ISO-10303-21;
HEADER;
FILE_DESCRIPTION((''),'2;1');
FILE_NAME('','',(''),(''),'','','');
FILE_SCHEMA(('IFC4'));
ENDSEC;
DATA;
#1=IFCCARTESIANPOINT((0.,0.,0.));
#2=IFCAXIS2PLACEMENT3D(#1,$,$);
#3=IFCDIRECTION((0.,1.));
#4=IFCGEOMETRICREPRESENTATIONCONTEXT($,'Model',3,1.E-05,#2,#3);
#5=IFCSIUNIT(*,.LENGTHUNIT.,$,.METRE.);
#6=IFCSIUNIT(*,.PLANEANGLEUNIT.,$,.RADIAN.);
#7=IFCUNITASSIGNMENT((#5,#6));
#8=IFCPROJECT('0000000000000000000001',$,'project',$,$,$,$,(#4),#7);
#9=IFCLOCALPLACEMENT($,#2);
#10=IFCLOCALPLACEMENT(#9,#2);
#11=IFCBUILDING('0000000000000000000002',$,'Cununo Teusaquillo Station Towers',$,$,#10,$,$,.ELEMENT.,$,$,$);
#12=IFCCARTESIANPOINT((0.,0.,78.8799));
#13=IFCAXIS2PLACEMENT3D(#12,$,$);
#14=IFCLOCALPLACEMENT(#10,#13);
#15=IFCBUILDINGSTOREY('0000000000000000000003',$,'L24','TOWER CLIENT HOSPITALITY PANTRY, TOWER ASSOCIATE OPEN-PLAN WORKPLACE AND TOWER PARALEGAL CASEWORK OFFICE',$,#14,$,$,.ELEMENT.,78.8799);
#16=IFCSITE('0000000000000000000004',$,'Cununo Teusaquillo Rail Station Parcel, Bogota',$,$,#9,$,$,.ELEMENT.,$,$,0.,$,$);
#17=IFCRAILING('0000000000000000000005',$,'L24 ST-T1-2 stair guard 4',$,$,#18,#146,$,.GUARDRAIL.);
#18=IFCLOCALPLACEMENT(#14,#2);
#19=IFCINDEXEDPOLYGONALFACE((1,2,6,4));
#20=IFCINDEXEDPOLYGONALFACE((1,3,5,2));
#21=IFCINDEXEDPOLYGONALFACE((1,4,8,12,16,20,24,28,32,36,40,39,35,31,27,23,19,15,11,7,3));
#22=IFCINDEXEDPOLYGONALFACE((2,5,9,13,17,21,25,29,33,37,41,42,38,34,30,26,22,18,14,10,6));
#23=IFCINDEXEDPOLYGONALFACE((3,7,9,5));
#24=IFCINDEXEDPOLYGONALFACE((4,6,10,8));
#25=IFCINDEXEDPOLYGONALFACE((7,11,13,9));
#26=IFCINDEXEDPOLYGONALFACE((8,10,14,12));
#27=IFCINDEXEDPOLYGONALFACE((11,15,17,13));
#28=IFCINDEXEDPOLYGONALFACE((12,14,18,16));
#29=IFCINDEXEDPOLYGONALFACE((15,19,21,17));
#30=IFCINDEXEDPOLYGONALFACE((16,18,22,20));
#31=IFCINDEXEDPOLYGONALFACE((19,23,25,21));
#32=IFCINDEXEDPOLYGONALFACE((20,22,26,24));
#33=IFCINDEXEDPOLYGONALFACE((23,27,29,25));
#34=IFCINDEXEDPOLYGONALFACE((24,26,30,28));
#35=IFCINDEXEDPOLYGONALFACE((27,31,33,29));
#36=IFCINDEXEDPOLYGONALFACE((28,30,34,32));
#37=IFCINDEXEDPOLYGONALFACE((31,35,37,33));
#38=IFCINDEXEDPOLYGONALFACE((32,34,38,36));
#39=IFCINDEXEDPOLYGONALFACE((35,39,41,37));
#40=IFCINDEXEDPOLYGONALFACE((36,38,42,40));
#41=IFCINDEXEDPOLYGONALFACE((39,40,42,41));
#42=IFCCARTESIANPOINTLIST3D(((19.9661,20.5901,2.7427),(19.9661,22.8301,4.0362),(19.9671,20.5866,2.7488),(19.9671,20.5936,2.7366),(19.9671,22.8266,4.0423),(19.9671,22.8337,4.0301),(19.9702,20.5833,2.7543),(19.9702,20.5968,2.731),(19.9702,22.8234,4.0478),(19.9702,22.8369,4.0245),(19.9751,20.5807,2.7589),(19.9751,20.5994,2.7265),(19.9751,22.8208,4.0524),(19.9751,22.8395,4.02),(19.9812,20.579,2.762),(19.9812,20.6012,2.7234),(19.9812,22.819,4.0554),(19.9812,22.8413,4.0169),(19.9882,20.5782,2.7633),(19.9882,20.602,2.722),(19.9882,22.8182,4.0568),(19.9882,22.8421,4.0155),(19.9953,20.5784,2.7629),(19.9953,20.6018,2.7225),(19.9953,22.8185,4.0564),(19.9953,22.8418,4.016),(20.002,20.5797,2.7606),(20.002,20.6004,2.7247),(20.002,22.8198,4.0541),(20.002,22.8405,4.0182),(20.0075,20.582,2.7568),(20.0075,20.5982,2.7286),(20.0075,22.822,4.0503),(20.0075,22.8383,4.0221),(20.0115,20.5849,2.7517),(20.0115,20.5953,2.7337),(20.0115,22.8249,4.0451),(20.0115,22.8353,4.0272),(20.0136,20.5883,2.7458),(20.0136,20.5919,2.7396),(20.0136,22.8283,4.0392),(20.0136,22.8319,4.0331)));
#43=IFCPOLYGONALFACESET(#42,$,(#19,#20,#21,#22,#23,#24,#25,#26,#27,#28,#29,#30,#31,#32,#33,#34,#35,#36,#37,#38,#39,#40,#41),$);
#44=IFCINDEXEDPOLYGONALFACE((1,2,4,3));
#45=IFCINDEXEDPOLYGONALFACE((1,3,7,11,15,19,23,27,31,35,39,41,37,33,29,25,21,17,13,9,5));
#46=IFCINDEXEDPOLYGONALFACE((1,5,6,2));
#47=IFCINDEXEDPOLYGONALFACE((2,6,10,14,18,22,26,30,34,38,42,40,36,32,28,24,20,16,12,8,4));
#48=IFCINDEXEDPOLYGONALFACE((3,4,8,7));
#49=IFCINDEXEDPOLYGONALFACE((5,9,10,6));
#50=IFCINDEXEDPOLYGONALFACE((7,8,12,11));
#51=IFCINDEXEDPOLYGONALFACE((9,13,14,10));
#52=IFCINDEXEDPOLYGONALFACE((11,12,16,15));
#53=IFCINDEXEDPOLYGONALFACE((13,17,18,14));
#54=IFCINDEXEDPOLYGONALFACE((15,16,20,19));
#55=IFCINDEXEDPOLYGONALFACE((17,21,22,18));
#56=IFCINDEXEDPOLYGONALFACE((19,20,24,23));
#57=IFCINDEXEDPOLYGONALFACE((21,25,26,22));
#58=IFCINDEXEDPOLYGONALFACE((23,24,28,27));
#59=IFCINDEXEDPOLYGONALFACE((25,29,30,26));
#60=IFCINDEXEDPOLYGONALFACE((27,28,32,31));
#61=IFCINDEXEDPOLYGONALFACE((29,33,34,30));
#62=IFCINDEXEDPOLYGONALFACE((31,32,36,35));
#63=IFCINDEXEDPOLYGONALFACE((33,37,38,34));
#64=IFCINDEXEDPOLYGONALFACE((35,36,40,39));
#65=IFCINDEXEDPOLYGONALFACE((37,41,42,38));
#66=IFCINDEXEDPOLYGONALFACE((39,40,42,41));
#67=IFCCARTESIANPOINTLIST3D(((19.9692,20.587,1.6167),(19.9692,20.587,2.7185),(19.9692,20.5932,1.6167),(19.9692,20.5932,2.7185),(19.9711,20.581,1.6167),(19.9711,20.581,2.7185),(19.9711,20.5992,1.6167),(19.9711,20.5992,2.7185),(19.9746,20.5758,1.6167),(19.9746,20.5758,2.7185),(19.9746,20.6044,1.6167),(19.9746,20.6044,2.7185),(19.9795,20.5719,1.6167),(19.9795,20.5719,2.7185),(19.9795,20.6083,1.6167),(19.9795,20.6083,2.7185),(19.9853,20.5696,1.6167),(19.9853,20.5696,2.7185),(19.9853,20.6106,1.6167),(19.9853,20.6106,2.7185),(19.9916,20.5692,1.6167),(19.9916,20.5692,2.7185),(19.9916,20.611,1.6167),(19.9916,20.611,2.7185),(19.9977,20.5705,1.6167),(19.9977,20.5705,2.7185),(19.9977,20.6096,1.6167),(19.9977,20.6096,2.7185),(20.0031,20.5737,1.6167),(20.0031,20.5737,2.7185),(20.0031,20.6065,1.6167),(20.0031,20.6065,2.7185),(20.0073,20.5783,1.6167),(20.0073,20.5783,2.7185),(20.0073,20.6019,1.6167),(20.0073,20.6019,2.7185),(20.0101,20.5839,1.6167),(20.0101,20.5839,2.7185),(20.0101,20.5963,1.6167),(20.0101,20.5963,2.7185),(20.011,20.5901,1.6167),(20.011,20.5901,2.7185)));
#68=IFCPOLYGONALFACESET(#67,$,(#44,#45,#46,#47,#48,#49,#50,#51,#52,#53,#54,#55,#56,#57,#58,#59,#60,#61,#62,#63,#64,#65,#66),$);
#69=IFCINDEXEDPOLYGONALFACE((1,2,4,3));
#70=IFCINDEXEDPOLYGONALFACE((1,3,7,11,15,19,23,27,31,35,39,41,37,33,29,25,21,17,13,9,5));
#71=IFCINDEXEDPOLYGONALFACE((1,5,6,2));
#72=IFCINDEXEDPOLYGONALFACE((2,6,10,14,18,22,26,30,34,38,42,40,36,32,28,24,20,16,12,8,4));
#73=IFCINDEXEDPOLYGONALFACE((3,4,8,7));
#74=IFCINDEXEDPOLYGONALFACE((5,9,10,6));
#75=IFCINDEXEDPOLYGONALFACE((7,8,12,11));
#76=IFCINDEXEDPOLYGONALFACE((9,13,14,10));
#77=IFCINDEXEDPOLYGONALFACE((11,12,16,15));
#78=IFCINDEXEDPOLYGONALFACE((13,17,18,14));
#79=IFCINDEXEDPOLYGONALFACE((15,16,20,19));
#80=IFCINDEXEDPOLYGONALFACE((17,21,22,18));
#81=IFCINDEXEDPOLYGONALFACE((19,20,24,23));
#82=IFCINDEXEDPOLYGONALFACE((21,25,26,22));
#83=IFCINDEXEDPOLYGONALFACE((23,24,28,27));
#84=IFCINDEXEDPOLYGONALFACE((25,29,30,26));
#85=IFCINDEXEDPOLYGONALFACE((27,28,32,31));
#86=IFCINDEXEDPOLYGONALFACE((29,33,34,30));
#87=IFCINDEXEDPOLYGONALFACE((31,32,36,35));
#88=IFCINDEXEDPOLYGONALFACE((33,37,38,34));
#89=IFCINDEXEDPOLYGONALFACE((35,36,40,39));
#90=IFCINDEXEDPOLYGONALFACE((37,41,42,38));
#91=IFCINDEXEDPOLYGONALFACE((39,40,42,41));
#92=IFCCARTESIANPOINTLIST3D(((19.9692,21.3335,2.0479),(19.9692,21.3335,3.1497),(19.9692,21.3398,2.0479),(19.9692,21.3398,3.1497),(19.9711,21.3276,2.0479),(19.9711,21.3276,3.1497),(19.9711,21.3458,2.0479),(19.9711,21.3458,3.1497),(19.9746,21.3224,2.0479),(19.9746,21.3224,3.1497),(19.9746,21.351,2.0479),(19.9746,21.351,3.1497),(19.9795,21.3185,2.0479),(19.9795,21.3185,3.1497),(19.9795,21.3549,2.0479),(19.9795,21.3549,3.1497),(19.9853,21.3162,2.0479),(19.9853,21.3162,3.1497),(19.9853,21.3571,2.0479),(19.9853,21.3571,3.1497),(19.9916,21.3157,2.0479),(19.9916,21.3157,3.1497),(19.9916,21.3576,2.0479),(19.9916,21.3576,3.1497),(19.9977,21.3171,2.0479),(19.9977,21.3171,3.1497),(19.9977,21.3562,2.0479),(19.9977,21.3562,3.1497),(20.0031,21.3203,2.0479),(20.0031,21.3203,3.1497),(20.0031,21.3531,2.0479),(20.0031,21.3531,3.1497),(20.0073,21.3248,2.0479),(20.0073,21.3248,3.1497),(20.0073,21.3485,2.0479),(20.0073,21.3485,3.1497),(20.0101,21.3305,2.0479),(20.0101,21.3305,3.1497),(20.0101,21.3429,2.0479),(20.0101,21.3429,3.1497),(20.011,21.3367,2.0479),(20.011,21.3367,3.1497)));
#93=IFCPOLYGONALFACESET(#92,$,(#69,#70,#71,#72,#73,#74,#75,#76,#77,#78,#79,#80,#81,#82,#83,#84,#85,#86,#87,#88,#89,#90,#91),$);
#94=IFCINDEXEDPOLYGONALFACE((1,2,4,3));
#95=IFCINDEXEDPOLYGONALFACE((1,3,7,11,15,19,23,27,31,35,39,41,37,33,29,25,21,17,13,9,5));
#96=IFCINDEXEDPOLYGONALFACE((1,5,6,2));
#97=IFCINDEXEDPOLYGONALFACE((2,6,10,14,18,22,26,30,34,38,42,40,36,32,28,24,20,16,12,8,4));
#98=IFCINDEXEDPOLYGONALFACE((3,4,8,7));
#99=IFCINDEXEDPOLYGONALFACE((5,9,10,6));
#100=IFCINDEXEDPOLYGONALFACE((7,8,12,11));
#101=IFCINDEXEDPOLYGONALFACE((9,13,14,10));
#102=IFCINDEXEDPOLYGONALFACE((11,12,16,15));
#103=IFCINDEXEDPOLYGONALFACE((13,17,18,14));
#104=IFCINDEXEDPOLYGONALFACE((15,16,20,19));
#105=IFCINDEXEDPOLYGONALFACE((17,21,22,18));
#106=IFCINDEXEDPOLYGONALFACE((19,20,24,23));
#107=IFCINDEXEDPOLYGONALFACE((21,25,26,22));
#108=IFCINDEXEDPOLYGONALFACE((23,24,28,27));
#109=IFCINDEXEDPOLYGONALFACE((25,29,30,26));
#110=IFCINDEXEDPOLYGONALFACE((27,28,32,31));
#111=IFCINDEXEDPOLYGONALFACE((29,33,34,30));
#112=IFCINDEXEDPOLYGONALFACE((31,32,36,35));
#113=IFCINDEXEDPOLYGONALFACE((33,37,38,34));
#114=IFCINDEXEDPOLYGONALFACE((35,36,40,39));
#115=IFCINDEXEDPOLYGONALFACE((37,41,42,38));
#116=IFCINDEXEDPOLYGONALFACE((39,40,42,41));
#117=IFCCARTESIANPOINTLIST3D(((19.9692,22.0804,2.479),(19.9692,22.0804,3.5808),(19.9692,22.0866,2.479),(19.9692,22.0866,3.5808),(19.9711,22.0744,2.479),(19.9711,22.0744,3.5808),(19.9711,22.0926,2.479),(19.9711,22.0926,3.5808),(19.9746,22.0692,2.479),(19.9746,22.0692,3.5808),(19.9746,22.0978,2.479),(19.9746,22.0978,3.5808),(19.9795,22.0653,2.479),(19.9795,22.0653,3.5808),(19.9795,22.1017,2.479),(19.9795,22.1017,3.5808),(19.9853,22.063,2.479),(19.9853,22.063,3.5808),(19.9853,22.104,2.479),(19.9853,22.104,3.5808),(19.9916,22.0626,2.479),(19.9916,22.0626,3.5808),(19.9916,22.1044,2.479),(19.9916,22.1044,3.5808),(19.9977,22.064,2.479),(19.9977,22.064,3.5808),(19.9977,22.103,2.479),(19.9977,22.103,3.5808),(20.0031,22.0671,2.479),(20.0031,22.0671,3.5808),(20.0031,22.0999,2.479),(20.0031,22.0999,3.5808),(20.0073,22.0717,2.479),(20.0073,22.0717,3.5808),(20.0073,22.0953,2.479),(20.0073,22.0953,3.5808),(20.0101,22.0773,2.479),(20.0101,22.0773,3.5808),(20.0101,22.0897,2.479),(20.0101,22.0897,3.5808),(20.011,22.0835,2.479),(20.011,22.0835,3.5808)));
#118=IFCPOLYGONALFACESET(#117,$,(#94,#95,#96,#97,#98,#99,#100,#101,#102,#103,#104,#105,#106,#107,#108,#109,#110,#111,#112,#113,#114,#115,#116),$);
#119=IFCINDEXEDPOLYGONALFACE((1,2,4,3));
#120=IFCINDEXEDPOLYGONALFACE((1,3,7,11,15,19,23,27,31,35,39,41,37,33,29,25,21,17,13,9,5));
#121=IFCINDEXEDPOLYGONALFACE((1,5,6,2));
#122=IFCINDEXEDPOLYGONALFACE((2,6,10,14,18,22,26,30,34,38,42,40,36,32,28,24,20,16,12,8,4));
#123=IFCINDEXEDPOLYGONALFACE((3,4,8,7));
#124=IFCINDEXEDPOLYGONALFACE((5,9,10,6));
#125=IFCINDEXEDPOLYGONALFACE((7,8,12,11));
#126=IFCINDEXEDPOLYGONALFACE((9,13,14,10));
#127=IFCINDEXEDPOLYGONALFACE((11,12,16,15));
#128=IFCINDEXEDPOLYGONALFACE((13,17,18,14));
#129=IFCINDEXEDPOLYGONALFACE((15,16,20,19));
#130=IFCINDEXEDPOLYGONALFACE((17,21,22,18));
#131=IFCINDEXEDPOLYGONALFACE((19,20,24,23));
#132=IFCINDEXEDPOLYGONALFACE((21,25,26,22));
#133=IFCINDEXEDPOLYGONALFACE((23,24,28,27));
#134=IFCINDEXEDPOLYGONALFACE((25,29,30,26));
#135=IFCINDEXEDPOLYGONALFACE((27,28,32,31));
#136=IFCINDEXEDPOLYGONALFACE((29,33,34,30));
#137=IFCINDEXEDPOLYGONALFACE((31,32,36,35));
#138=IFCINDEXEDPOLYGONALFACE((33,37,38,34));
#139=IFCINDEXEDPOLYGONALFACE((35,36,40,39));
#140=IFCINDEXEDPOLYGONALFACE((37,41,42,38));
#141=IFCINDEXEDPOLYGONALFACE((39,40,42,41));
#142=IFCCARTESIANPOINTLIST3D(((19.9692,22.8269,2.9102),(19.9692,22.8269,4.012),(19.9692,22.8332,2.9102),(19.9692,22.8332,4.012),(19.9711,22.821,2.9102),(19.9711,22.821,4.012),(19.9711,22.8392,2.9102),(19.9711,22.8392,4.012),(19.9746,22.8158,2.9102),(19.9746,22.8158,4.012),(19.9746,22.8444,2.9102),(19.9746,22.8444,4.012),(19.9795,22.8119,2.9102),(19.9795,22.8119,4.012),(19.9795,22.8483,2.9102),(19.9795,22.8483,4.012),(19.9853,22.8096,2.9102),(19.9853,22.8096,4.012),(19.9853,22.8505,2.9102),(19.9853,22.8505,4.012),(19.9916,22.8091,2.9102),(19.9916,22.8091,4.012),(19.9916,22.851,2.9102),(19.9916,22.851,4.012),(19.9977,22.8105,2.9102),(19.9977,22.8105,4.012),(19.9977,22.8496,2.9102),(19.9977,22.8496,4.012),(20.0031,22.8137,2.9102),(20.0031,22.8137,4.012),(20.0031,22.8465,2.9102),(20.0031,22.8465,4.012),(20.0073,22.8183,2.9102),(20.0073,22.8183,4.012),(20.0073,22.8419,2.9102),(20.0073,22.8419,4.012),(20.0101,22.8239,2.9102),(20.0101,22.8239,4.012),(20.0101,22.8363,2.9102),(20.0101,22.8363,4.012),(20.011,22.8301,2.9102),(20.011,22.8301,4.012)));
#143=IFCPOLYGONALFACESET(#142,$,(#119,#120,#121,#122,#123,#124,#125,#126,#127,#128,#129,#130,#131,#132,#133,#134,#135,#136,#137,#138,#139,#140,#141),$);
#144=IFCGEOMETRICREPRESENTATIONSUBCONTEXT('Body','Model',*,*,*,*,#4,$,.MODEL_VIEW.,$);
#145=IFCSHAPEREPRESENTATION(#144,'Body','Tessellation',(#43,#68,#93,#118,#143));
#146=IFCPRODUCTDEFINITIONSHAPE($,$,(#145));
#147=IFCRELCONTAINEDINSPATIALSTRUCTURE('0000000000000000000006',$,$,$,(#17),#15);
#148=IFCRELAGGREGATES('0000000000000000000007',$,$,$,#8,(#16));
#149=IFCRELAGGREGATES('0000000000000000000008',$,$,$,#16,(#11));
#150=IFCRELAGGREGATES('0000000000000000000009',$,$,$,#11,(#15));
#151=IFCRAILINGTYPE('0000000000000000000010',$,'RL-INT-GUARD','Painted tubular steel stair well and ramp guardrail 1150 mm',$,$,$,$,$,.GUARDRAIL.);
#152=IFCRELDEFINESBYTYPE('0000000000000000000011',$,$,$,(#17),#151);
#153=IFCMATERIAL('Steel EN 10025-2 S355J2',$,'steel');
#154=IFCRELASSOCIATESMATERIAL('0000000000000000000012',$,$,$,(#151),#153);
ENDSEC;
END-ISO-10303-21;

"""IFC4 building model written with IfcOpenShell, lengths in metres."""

from ifc_helpers import new_model, si_unit, direction, frame, origin, origin_2d, place, context, subcontext, project, spatial, circle, extrude, material, type_object, element, save


model = new_model("IFC4")

# Units and contexts
model_context = context("Model", 3, precision=1e-05, world=origin(), true_north=direction((0.0, 1.0)))
body_context = subcontext(model_context, "Body", "Model", "MODEL_VIEW")
ifc_project = project(units=[si_unit("LENGTHUNIT", "METRE"), si_unit("PLANEANGLEUNIT", "RADIAN")], contexts=[model_context])

# Site, building, storey
site_placement = place(None, origin())
site = spatial("IfcSite", under=ifc_project, at=site_placement, Name="Cununo Teusaquillo Rail Station Parcel, Bogota", CompositionType="ELEMENT", RefElevation=0.0)
building_placement = place(site_placement, origin())
building = spatial("IfcBuilding", under=site, at=building_placement, Name="Cununo Teusaquillo Station Towers", CompositionType="ELEMENT")
storey_placement = place(building_placement, frame((0.0, 0.0, 78.8799)))
storey = spatial("IfcBuildingStorey", under=building, at=storey_placement, Name="L24", Description="TOWER CLIENT HOSPITALITY PANTRY, TOWER ASSOCIATE OPEN-PLAN WORKPLACE AND TOWER PARALEGAL CASEWORK OFFICE", CompositionType="ELEMENT", Elevation=78.8799)

# Railing
ifc_material_1 = material(Name="Steel EN 10025-2 S355J2", Category="steel")
railing_type_1 = type_object("IfcRailingType", Name="RL-INT-GUARD", Description="Painted tubular steel stair well and ramp guardrail 1150 mm", PredefinedType="GUARDRAIL", material=ifc_material_1)
railing_1_placement = place(storey_placement, frame((19.99, 20.5901, 1.6167)))
element("IfcRailing", 1, at=railing_1_placement, inside=storey, type_object=railing_type_1, Name="L24 ST-T1-2 stair guard 4", PredefinedType="GUARDRAIL", context=body_context, shape_type="SweptSolid", body=[
    extrude(circle(Radius=0.0239, at=origin_2d()), frame((0.0, 0.0, 1.126), z_axis=(0.0, 0.865992, 0.500057), x_axis=(-1.0, 0.0, 0.0)), (0.0, 0.0, 1.0), 2.5867),
    extrude(circle(Radius=0.021, at=origin_2d()), origin(), (0.0, 0.0, 1.0), 1.1018),
    extrude(circle(Radius=0.021, at=origin_2d()), frame((0.0, 0.7466, 0.4312)), (0.0, 0.0, 1.0), 1.1018),
    extrude(circle(Radius=0.021, at=origin_2d()), frame((0.0, 1.4934, 0.8623)), (0.0, 0.0, 1.0), 1.1018),
    extrude(circle(Radius=0.021, at=origin_2d()), frame((0.0, 2.24, 1.2935)), (0.0, 0.0, 1.0), 1.1018),
])

save(model, "model.ifc")
